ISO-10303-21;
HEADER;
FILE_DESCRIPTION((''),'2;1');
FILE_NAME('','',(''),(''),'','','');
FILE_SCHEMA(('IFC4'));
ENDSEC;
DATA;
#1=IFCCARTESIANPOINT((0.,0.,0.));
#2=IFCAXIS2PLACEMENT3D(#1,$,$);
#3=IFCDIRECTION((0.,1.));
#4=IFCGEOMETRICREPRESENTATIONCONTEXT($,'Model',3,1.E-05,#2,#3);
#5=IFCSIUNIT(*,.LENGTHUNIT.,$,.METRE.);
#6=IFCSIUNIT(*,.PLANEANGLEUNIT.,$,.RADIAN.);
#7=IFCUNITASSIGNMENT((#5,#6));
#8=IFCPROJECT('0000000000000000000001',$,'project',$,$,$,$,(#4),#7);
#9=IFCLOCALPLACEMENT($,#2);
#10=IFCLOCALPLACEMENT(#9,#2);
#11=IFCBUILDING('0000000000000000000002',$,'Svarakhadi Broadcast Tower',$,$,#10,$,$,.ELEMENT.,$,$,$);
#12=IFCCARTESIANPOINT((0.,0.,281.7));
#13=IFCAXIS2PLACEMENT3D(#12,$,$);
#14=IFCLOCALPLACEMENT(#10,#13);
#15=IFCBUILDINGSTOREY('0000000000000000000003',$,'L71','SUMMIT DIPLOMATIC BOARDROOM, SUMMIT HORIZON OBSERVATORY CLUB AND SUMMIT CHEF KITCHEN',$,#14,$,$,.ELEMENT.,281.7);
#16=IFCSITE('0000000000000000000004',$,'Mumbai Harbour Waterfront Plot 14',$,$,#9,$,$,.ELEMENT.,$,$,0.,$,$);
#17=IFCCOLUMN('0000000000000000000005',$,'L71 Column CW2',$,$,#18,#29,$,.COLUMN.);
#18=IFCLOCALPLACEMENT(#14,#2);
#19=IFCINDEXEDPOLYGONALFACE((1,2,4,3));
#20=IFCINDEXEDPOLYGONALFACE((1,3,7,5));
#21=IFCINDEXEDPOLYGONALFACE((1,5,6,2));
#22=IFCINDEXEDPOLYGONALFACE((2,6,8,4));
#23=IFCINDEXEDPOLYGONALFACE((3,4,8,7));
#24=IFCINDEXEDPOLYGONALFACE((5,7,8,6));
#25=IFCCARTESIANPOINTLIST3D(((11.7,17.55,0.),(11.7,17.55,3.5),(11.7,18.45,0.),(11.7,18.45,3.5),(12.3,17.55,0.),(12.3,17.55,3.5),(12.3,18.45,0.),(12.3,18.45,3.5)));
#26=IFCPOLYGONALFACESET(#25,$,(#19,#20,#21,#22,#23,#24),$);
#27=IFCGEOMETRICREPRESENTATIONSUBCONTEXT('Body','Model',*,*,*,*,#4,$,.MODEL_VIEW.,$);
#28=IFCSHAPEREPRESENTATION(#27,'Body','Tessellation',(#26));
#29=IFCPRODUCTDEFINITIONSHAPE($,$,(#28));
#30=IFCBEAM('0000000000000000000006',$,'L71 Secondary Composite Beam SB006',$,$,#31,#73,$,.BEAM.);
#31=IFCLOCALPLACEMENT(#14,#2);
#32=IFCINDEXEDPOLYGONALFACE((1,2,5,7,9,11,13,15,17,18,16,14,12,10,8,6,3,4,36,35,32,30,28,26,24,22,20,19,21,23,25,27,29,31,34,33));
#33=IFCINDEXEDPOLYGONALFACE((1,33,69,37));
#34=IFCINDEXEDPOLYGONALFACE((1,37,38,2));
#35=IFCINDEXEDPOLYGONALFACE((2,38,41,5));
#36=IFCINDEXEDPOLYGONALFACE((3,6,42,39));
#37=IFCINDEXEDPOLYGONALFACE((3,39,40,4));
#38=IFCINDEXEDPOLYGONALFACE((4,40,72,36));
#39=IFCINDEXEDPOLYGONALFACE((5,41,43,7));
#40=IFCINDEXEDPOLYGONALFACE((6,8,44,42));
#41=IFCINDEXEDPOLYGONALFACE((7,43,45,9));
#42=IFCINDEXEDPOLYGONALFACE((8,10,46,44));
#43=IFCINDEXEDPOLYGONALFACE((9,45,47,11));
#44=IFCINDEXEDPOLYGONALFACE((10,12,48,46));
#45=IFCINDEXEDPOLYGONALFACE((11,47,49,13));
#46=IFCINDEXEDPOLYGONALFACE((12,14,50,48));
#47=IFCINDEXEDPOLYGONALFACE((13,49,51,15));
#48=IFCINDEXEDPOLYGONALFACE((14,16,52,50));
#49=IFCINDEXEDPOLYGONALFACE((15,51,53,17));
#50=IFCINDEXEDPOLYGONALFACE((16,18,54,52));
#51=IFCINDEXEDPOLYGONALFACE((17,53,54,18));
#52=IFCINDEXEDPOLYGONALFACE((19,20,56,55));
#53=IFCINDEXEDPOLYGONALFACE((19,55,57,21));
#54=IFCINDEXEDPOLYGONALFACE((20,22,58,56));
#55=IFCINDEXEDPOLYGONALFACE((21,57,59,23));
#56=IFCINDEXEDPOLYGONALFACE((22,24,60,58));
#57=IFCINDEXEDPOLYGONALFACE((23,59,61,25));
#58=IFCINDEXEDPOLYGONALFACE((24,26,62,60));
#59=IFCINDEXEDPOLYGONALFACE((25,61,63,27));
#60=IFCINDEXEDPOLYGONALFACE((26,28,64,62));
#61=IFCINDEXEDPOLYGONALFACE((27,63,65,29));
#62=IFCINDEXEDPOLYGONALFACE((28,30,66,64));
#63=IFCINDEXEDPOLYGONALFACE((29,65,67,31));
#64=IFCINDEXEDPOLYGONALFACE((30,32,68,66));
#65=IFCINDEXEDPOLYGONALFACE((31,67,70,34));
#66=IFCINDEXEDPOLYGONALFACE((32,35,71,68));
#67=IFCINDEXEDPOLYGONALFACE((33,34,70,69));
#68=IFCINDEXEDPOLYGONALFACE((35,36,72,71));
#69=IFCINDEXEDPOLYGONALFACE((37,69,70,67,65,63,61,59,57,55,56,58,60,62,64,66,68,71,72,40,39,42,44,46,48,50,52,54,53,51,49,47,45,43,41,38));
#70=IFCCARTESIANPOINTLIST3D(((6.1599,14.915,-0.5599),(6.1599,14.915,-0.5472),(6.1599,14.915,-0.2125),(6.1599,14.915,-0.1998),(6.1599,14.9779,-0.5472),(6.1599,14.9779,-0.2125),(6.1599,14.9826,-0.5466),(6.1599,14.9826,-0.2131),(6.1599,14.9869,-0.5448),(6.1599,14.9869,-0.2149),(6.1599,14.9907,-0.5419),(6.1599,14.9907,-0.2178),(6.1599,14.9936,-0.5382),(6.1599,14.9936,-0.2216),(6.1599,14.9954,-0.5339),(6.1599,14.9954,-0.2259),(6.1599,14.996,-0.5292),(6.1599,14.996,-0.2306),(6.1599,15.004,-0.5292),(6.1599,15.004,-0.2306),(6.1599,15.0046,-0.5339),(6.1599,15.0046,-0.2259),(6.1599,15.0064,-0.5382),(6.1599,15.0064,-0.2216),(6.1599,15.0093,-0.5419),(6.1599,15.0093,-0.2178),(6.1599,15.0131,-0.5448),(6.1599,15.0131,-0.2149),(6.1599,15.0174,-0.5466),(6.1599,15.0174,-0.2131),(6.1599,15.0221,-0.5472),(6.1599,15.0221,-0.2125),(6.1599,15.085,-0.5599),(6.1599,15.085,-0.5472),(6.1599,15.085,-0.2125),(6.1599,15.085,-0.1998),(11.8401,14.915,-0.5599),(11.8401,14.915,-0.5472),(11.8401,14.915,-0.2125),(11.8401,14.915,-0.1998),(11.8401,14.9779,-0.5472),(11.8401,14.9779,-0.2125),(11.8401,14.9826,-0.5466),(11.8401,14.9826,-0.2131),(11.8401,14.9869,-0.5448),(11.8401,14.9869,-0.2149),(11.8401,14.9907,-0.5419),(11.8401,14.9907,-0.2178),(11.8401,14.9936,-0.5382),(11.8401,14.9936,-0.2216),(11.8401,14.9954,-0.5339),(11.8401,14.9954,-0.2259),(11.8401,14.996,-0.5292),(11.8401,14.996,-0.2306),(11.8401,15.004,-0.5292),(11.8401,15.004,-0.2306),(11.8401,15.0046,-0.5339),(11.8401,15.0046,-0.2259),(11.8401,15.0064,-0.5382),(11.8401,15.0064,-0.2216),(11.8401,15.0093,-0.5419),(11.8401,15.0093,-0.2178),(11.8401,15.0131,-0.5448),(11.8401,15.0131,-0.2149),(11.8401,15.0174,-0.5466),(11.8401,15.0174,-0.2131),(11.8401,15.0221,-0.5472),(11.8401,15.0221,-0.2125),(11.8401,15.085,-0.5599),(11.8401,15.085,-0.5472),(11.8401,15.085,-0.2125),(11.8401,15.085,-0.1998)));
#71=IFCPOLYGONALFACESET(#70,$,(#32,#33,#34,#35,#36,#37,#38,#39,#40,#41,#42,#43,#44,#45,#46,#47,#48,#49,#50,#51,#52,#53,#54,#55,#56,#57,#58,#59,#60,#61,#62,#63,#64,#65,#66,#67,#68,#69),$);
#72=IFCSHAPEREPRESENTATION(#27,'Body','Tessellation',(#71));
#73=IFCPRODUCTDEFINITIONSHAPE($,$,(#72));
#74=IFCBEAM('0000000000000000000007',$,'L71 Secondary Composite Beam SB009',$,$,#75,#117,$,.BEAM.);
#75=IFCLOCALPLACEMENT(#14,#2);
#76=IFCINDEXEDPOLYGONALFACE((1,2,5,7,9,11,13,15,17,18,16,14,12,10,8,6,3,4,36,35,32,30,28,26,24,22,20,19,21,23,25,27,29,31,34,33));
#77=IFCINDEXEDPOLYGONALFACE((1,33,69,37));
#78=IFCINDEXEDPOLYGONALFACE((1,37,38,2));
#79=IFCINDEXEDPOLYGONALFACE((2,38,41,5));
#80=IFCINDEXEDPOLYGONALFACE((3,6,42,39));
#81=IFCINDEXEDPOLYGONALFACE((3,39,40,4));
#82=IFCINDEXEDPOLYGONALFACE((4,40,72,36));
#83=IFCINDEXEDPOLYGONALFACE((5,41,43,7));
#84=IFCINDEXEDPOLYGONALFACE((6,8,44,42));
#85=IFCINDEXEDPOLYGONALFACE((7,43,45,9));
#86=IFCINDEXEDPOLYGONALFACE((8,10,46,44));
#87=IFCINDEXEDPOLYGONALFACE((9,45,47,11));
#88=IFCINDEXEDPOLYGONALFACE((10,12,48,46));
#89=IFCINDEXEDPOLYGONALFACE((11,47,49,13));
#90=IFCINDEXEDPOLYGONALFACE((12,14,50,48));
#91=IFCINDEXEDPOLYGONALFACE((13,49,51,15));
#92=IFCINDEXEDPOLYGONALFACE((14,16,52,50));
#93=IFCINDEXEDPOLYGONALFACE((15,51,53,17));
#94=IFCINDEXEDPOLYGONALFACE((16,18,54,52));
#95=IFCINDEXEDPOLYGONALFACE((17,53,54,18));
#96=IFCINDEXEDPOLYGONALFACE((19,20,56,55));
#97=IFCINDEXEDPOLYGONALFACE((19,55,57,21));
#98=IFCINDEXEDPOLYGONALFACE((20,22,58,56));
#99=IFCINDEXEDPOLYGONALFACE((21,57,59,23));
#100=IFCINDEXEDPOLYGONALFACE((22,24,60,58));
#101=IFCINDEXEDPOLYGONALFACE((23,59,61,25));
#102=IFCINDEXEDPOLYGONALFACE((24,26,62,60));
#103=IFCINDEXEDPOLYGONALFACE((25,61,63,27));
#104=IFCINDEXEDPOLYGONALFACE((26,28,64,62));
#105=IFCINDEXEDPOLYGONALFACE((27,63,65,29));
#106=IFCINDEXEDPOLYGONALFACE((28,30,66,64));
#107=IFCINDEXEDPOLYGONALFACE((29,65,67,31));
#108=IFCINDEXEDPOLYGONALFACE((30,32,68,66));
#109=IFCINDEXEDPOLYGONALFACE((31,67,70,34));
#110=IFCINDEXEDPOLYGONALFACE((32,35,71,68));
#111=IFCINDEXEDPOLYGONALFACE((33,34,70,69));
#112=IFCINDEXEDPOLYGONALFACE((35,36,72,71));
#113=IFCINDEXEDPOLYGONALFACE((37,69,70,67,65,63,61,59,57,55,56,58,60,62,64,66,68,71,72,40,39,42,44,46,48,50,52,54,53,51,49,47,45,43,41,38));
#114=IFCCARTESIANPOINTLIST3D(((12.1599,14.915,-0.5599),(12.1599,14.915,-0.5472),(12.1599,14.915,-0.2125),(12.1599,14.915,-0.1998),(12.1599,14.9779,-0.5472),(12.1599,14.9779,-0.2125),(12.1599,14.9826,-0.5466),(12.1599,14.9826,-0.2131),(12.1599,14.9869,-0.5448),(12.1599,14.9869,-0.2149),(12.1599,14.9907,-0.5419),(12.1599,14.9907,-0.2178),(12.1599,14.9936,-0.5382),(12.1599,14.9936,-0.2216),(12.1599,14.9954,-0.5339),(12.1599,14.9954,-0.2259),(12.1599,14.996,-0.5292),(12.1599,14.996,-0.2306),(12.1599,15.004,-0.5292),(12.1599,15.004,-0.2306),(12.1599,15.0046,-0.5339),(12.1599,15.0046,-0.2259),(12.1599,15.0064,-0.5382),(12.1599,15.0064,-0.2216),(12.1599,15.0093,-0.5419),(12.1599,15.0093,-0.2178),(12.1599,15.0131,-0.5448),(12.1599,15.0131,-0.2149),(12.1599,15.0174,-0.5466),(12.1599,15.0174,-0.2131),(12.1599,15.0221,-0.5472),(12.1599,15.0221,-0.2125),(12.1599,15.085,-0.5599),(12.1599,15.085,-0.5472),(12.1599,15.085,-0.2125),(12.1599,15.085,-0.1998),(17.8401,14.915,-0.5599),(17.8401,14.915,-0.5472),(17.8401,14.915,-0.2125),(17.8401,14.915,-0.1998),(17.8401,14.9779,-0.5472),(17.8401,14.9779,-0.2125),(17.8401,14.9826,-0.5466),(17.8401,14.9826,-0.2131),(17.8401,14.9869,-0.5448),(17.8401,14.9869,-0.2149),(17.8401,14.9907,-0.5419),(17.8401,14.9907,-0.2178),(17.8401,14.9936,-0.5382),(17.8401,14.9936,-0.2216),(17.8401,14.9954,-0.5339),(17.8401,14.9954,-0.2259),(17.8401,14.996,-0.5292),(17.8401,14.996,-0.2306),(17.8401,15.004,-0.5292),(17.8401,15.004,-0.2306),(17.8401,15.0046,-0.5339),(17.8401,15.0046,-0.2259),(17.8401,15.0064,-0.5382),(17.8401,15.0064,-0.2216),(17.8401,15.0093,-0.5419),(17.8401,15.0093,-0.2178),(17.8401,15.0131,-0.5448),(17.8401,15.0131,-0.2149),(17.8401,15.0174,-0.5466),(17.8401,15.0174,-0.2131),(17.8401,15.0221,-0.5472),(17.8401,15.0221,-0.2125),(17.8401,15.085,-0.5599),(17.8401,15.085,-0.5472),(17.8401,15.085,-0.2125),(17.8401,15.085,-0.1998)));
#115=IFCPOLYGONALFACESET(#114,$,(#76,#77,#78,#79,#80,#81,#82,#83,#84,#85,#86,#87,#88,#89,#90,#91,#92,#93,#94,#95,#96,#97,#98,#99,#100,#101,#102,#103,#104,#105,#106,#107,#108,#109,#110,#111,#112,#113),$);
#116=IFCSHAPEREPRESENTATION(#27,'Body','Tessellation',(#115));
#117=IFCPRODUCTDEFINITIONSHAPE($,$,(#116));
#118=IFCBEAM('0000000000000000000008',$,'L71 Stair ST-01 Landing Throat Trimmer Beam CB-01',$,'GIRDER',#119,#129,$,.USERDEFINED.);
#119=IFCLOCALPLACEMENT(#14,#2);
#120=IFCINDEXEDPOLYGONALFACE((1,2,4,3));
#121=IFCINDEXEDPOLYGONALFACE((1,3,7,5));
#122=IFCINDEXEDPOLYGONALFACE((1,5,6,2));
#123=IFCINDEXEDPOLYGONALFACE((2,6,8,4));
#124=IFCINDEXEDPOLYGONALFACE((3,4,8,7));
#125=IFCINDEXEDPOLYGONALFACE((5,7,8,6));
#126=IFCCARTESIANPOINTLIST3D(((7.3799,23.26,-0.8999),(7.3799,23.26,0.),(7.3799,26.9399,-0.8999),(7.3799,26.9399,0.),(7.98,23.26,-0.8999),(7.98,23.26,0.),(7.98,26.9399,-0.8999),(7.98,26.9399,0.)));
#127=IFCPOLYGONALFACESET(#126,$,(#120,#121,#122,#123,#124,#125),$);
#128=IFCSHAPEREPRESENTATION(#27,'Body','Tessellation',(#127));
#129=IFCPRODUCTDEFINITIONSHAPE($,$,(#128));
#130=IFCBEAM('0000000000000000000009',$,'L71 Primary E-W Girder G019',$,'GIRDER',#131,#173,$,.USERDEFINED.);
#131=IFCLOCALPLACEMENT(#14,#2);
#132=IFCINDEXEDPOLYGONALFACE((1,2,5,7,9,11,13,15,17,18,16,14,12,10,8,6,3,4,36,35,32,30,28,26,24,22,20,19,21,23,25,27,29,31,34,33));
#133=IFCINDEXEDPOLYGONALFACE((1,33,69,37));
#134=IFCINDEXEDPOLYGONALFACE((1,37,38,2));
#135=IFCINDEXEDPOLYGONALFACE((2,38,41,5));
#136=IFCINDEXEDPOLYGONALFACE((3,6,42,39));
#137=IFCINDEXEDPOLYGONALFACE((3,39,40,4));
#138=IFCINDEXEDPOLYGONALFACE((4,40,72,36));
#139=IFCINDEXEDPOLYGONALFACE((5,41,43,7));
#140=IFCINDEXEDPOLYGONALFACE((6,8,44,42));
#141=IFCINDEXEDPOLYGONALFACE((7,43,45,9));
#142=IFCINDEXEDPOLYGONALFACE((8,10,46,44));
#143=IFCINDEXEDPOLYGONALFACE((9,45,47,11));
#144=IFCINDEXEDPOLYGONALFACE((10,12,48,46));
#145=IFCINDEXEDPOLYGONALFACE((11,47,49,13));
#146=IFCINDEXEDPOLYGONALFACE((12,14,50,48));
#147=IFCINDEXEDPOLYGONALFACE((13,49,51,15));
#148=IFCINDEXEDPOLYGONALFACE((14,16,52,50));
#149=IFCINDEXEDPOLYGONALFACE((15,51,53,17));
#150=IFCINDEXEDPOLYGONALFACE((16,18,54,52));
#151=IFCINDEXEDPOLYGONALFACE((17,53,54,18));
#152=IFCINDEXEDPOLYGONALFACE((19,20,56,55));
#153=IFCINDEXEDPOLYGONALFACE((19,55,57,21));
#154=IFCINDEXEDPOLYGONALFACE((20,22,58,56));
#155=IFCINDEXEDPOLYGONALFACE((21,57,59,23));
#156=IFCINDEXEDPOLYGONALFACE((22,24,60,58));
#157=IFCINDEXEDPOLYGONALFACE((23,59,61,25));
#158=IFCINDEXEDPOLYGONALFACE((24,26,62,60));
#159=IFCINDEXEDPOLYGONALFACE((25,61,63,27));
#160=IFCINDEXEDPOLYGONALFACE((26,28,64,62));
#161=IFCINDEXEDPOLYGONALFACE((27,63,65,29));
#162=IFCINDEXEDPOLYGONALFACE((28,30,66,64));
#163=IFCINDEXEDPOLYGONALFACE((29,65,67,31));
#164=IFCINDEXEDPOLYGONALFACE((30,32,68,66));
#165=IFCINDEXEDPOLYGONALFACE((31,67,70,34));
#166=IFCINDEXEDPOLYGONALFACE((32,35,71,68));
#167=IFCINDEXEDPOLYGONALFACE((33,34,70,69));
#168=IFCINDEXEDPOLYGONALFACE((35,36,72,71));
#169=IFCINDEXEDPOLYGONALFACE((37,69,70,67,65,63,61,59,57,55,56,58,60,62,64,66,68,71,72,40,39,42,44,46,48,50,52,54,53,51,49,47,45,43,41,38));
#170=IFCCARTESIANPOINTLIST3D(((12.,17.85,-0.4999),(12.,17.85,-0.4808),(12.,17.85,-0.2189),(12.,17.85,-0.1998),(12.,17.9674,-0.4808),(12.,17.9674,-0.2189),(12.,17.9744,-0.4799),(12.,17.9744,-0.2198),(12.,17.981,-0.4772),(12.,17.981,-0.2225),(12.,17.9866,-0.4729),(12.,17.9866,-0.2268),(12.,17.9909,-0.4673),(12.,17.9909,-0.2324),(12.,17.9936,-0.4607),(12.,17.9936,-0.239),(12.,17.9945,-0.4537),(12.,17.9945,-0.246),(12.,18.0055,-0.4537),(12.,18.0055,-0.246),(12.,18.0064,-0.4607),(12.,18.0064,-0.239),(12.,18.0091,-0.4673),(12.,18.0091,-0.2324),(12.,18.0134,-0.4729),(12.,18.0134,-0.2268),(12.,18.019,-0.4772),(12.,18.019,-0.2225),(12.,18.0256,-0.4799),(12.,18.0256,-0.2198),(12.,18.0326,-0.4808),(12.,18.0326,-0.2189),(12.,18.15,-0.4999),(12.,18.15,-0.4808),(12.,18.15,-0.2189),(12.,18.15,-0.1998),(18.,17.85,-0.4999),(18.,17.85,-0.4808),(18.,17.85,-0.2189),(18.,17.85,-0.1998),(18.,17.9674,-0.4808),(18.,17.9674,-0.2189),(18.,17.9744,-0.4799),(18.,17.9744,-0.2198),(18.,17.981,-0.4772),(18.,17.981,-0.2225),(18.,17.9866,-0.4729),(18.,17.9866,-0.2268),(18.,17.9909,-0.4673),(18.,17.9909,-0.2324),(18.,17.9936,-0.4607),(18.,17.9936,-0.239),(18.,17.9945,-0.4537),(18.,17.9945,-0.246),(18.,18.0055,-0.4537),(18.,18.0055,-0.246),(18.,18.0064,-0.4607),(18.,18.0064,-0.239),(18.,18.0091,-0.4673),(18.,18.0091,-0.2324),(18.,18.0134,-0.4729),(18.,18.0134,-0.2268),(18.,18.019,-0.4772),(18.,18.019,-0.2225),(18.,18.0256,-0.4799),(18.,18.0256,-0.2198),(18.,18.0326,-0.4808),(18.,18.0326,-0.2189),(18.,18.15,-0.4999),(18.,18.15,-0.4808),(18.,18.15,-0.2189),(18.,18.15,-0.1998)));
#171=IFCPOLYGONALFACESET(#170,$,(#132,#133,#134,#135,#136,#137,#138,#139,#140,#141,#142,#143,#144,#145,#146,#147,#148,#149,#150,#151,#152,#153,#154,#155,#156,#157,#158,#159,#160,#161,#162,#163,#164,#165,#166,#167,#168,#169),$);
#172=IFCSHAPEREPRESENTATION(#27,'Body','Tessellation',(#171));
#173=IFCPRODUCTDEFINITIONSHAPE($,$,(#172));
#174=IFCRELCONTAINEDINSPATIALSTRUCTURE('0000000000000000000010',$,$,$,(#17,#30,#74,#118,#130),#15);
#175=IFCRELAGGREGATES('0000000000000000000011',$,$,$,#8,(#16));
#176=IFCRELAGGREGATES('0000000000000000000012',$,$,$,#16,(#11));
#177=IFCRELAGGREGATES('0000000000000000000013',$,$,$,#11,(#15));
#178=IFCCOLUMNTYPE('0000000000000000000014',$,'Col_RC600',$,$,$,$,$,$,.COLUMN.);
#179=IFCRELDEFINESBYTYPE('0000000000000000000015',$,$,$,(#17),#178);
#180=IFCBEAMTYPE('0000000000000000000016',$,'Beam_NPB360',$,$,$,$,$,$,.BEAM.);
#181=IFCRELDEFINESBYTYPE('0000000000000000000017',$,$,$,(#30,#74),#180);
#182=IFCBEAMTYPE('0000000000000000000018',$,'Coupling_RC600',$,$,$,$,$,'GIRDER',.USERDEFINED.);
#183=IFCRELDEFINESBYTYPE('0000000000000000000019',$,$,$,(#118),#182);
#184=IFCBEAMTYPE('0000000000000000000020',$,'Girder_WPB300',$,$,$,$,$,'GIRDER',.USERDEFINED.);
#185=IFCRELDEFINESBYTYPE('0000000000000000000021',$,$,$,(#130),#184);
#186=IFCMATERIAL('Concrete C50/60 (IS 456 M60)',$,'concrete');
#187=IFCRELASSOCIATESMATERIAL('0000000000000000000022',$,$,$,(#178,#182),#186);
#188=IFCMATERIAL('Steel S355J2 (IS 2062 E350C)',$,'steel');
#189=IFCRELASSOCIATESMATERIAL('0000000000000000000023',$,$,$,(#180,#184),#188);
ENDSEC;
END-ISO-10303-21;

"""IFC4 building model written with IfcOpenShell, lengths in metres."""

from ifc_helpers import new_model, si_unit, direction, frame, origin, origin_2d, place, context, subcontext, project, spatial, rectangle, i_section, extrude, material, material_profile, profile_set, type_object, element, save


model = new_model("IFC4")

# Units and contexts
model_context = context("Model", 3, precision=1e-05, world=origin(), true_north=direction((0.0, 1.0)))
body_context = subcontext(model_context, "Body", "Model", "MODEL_VIEW")
ifc_project = project(units=[si_unit("LENGTHUNIT", "METRE"), si_unit("PLANEANGLEUNIT", "RADIAN")], contexts=[model_context])

# Site, building, storey
site_placement = place(None, origin())
site = spatial("IfcSite", under=ifc_project, at=site_placement, Name="Mumbai Harbour Waterfront Plot 14", CompositionType="ELEMENT", RefElevation=0.0)
building_placement = place(site_placement, origin())
building = spatial("IfcBuilding", under=site, at=building_placement, Name="Svarakhadi Broadcast Tower", CompositionType="ELEMENT")
storey_placement = place(building_placement, frame((0.0, 0.0, 281.7)))
storey = spatial("IfcBuildingStorey", under=building, at=storey_placement, Name="L71", Description="SUMMIT DIPLOMATIC BOARDROOM, SUMMIT HORIZON OBSERVATORY CLUB AND SUMMIT CHEF KITCHEN", CompositionType="ELEMENT", Elevation=281.7)

# Column
ifc_material_1 = material(Name="Concrete C50/60 (IS 456 M60)", Category="concrete")
ifc_material_profile_1 = material_profile(ifc_material_1, rectangle(XDim=0.6001, YDim=0.8999, at=origin_2d()), Name="RC 600x900")
ifc_profile_set_1 = profile_set([ifc_material_profile_1], Name="Concrete C50/60 (IS 456 M60)")
column_type = type_object("IfcColumnType", Name="Col_RC600", PredefinedType="COLUMN", material=ifc_profile_set_1)
column_placement = place(storey_placement, frame((12.0, 18.0, 0.0), z_axis=(0.0, 0.0, 1.0), x_axis=(1.0, 0.0, 0.0)))
element("IfcColumn", 1, at=column_placement, inside=storey, type_object=column_type, Name="L71 Column CW2", PredefinedType="COLUMN", context=body_context, shape_type="SweptSolid", body=[
    extrude(rectangle(XDim=0.6001, YDim=0.8999, at=origin_2d()), origin(), (0.0, 0.0, 1.0), 3.5),
])

# Beams
ifc_material_2 = material(Name="Steel S355J2 (IS 2062 E350C)", Category="steel")
ifc_material_profile_2 = material_profile(ifc_material_2, i_section(OverallWidth=0.1699, OverallDepth=0.3601, WebThickness=0.0081, FlangeThickness=0.0127, FilletRadius=0.0181, at=origin_2d()), Name="NPB 360x170x57")
ifc_profile_set_2 = profile_set([ifc_material_profile_2], Name="Steel S355J2 (IS 2062 E350C)")
beam_type_1 = type_object("IfcBeamType", Name="Beam_NPB360", PredefinedType="BEAM", material=ifc_profile_set_2)
for number, where, z_axis, x_axis, name in (
    (2, (6.1599, 15.0, -0.3799), (1.0, 0.0, 0.0), (0.0, 1.0, 0.0), "L71 Secondary Composite Beam SB006"),
    (3, (12.1599, 15.0, -0.3799), (1.0, 0.0, 0.0), (0.0, 1.0, 0.0), "L71 Secondary Composite Beam SB009"),
):
    element("IfcBeam", number, at=place(storey_placement, frame(where, z_axis=z_axis, x_axis=x_axis)), inside=storey, type_object=beam_type_1, Name=name, PredefinedType="BEAM", context=body_context, shape_type="SweptSolid", body=[
        extrude(i_section(OverallWidth=0.1699, OverallDepth=0.3601, WebThickness=0.0081, FlangeThickness=0.0127, FilletRadius=0.0181, at=origin_2d()), origin(), (0.0, 0.0, 1.0), 5.6802),
    ])
ifc_material_profile_3 = material_profile(ifc_material_1, rectangle(XDim=0.6001, YDim=0.8999, at=origin_2d()), Name="RC 600x900")
ifc_profile_set_3 = profile_set([ifc_material_profile_3], Name="Concrete C50/60 (IS 456 M60)")
beam_type_2 = type_object("IfcBeamType", Name="Coupling_RC600", ElementType="GIRDER", PredefinedType="USERDEFINED", material=ifc_profile_set_3)
beam_placement = place(storey_placement, frame((7.6799, 23.26, -0.45), z_axis=(0.0, 1.0, 0.0), x_axis=(-1.0, 0.0, 0.0)))
element("IfcBeam", 4, at=beam_placement, inside=storey, type_object=beam_type_2, Name="L71 Stair ST-01 Landing Throat Trimmer Beam CB-01", ObjectType="GIRDER", PredefinedType="USERDEFINED", context=body_context, shape_type="SweptSolid", body=[
    extrude(rectangle(XDim=0.6001, YDim=0.8999, at=origin_2d()), origin(), (0.0, 0.0, 1.0), 3.6799),
])
ifc_material_profile_4 = material_profile(ifc_material_2, i_section(OverallWidth=0.3, OverallDepth=0.3, WebThickness=0.011, FlangeThickness=0.019, FilletRadius=0.0271, at=origin_2d()), Name="WPB 300x300x117")
ifc_profile_set_4 = profile_set([ifc_material_profile_4], Name="Steel S355J2 (IS 2062 E350C)")
beam_type_3 = type_object("IfcBeamType", Name="Girder_WPB300", ElementType="GIRDER", PredefinedType="USERDEFINED", material=ifc_profile_set_4)
for number, where, z_axis, x_axis, name in (
    (5, (12.0, 18.0, -0.3499), (1.0, 0.0, 0.0), (0.0, 1.0, 0.0), "L71 Primary E-W Girder G019"),
):
    element("IfcBeam", number, at=place(storey_placement, frame(where, z_axis=z_axis, x_axis=x_axis)), inside=storey, type_object=beam_type_3, Name=name, ObjectType="GIRDER", PredefinedType="USERDEFINED", context=body_context, shape_type="SweptSolid", body=[
        extrude(i_section(OverallWidth=0.3, OverallDepth=0.3, WebThickness=0.011, FlangeThickness=0.019, FilletRadius=0.0271, at=origin_2d()), origin(), (0.0, 0.0, 1.0), 6.0),
    ])

save(model, "model.ifc")
